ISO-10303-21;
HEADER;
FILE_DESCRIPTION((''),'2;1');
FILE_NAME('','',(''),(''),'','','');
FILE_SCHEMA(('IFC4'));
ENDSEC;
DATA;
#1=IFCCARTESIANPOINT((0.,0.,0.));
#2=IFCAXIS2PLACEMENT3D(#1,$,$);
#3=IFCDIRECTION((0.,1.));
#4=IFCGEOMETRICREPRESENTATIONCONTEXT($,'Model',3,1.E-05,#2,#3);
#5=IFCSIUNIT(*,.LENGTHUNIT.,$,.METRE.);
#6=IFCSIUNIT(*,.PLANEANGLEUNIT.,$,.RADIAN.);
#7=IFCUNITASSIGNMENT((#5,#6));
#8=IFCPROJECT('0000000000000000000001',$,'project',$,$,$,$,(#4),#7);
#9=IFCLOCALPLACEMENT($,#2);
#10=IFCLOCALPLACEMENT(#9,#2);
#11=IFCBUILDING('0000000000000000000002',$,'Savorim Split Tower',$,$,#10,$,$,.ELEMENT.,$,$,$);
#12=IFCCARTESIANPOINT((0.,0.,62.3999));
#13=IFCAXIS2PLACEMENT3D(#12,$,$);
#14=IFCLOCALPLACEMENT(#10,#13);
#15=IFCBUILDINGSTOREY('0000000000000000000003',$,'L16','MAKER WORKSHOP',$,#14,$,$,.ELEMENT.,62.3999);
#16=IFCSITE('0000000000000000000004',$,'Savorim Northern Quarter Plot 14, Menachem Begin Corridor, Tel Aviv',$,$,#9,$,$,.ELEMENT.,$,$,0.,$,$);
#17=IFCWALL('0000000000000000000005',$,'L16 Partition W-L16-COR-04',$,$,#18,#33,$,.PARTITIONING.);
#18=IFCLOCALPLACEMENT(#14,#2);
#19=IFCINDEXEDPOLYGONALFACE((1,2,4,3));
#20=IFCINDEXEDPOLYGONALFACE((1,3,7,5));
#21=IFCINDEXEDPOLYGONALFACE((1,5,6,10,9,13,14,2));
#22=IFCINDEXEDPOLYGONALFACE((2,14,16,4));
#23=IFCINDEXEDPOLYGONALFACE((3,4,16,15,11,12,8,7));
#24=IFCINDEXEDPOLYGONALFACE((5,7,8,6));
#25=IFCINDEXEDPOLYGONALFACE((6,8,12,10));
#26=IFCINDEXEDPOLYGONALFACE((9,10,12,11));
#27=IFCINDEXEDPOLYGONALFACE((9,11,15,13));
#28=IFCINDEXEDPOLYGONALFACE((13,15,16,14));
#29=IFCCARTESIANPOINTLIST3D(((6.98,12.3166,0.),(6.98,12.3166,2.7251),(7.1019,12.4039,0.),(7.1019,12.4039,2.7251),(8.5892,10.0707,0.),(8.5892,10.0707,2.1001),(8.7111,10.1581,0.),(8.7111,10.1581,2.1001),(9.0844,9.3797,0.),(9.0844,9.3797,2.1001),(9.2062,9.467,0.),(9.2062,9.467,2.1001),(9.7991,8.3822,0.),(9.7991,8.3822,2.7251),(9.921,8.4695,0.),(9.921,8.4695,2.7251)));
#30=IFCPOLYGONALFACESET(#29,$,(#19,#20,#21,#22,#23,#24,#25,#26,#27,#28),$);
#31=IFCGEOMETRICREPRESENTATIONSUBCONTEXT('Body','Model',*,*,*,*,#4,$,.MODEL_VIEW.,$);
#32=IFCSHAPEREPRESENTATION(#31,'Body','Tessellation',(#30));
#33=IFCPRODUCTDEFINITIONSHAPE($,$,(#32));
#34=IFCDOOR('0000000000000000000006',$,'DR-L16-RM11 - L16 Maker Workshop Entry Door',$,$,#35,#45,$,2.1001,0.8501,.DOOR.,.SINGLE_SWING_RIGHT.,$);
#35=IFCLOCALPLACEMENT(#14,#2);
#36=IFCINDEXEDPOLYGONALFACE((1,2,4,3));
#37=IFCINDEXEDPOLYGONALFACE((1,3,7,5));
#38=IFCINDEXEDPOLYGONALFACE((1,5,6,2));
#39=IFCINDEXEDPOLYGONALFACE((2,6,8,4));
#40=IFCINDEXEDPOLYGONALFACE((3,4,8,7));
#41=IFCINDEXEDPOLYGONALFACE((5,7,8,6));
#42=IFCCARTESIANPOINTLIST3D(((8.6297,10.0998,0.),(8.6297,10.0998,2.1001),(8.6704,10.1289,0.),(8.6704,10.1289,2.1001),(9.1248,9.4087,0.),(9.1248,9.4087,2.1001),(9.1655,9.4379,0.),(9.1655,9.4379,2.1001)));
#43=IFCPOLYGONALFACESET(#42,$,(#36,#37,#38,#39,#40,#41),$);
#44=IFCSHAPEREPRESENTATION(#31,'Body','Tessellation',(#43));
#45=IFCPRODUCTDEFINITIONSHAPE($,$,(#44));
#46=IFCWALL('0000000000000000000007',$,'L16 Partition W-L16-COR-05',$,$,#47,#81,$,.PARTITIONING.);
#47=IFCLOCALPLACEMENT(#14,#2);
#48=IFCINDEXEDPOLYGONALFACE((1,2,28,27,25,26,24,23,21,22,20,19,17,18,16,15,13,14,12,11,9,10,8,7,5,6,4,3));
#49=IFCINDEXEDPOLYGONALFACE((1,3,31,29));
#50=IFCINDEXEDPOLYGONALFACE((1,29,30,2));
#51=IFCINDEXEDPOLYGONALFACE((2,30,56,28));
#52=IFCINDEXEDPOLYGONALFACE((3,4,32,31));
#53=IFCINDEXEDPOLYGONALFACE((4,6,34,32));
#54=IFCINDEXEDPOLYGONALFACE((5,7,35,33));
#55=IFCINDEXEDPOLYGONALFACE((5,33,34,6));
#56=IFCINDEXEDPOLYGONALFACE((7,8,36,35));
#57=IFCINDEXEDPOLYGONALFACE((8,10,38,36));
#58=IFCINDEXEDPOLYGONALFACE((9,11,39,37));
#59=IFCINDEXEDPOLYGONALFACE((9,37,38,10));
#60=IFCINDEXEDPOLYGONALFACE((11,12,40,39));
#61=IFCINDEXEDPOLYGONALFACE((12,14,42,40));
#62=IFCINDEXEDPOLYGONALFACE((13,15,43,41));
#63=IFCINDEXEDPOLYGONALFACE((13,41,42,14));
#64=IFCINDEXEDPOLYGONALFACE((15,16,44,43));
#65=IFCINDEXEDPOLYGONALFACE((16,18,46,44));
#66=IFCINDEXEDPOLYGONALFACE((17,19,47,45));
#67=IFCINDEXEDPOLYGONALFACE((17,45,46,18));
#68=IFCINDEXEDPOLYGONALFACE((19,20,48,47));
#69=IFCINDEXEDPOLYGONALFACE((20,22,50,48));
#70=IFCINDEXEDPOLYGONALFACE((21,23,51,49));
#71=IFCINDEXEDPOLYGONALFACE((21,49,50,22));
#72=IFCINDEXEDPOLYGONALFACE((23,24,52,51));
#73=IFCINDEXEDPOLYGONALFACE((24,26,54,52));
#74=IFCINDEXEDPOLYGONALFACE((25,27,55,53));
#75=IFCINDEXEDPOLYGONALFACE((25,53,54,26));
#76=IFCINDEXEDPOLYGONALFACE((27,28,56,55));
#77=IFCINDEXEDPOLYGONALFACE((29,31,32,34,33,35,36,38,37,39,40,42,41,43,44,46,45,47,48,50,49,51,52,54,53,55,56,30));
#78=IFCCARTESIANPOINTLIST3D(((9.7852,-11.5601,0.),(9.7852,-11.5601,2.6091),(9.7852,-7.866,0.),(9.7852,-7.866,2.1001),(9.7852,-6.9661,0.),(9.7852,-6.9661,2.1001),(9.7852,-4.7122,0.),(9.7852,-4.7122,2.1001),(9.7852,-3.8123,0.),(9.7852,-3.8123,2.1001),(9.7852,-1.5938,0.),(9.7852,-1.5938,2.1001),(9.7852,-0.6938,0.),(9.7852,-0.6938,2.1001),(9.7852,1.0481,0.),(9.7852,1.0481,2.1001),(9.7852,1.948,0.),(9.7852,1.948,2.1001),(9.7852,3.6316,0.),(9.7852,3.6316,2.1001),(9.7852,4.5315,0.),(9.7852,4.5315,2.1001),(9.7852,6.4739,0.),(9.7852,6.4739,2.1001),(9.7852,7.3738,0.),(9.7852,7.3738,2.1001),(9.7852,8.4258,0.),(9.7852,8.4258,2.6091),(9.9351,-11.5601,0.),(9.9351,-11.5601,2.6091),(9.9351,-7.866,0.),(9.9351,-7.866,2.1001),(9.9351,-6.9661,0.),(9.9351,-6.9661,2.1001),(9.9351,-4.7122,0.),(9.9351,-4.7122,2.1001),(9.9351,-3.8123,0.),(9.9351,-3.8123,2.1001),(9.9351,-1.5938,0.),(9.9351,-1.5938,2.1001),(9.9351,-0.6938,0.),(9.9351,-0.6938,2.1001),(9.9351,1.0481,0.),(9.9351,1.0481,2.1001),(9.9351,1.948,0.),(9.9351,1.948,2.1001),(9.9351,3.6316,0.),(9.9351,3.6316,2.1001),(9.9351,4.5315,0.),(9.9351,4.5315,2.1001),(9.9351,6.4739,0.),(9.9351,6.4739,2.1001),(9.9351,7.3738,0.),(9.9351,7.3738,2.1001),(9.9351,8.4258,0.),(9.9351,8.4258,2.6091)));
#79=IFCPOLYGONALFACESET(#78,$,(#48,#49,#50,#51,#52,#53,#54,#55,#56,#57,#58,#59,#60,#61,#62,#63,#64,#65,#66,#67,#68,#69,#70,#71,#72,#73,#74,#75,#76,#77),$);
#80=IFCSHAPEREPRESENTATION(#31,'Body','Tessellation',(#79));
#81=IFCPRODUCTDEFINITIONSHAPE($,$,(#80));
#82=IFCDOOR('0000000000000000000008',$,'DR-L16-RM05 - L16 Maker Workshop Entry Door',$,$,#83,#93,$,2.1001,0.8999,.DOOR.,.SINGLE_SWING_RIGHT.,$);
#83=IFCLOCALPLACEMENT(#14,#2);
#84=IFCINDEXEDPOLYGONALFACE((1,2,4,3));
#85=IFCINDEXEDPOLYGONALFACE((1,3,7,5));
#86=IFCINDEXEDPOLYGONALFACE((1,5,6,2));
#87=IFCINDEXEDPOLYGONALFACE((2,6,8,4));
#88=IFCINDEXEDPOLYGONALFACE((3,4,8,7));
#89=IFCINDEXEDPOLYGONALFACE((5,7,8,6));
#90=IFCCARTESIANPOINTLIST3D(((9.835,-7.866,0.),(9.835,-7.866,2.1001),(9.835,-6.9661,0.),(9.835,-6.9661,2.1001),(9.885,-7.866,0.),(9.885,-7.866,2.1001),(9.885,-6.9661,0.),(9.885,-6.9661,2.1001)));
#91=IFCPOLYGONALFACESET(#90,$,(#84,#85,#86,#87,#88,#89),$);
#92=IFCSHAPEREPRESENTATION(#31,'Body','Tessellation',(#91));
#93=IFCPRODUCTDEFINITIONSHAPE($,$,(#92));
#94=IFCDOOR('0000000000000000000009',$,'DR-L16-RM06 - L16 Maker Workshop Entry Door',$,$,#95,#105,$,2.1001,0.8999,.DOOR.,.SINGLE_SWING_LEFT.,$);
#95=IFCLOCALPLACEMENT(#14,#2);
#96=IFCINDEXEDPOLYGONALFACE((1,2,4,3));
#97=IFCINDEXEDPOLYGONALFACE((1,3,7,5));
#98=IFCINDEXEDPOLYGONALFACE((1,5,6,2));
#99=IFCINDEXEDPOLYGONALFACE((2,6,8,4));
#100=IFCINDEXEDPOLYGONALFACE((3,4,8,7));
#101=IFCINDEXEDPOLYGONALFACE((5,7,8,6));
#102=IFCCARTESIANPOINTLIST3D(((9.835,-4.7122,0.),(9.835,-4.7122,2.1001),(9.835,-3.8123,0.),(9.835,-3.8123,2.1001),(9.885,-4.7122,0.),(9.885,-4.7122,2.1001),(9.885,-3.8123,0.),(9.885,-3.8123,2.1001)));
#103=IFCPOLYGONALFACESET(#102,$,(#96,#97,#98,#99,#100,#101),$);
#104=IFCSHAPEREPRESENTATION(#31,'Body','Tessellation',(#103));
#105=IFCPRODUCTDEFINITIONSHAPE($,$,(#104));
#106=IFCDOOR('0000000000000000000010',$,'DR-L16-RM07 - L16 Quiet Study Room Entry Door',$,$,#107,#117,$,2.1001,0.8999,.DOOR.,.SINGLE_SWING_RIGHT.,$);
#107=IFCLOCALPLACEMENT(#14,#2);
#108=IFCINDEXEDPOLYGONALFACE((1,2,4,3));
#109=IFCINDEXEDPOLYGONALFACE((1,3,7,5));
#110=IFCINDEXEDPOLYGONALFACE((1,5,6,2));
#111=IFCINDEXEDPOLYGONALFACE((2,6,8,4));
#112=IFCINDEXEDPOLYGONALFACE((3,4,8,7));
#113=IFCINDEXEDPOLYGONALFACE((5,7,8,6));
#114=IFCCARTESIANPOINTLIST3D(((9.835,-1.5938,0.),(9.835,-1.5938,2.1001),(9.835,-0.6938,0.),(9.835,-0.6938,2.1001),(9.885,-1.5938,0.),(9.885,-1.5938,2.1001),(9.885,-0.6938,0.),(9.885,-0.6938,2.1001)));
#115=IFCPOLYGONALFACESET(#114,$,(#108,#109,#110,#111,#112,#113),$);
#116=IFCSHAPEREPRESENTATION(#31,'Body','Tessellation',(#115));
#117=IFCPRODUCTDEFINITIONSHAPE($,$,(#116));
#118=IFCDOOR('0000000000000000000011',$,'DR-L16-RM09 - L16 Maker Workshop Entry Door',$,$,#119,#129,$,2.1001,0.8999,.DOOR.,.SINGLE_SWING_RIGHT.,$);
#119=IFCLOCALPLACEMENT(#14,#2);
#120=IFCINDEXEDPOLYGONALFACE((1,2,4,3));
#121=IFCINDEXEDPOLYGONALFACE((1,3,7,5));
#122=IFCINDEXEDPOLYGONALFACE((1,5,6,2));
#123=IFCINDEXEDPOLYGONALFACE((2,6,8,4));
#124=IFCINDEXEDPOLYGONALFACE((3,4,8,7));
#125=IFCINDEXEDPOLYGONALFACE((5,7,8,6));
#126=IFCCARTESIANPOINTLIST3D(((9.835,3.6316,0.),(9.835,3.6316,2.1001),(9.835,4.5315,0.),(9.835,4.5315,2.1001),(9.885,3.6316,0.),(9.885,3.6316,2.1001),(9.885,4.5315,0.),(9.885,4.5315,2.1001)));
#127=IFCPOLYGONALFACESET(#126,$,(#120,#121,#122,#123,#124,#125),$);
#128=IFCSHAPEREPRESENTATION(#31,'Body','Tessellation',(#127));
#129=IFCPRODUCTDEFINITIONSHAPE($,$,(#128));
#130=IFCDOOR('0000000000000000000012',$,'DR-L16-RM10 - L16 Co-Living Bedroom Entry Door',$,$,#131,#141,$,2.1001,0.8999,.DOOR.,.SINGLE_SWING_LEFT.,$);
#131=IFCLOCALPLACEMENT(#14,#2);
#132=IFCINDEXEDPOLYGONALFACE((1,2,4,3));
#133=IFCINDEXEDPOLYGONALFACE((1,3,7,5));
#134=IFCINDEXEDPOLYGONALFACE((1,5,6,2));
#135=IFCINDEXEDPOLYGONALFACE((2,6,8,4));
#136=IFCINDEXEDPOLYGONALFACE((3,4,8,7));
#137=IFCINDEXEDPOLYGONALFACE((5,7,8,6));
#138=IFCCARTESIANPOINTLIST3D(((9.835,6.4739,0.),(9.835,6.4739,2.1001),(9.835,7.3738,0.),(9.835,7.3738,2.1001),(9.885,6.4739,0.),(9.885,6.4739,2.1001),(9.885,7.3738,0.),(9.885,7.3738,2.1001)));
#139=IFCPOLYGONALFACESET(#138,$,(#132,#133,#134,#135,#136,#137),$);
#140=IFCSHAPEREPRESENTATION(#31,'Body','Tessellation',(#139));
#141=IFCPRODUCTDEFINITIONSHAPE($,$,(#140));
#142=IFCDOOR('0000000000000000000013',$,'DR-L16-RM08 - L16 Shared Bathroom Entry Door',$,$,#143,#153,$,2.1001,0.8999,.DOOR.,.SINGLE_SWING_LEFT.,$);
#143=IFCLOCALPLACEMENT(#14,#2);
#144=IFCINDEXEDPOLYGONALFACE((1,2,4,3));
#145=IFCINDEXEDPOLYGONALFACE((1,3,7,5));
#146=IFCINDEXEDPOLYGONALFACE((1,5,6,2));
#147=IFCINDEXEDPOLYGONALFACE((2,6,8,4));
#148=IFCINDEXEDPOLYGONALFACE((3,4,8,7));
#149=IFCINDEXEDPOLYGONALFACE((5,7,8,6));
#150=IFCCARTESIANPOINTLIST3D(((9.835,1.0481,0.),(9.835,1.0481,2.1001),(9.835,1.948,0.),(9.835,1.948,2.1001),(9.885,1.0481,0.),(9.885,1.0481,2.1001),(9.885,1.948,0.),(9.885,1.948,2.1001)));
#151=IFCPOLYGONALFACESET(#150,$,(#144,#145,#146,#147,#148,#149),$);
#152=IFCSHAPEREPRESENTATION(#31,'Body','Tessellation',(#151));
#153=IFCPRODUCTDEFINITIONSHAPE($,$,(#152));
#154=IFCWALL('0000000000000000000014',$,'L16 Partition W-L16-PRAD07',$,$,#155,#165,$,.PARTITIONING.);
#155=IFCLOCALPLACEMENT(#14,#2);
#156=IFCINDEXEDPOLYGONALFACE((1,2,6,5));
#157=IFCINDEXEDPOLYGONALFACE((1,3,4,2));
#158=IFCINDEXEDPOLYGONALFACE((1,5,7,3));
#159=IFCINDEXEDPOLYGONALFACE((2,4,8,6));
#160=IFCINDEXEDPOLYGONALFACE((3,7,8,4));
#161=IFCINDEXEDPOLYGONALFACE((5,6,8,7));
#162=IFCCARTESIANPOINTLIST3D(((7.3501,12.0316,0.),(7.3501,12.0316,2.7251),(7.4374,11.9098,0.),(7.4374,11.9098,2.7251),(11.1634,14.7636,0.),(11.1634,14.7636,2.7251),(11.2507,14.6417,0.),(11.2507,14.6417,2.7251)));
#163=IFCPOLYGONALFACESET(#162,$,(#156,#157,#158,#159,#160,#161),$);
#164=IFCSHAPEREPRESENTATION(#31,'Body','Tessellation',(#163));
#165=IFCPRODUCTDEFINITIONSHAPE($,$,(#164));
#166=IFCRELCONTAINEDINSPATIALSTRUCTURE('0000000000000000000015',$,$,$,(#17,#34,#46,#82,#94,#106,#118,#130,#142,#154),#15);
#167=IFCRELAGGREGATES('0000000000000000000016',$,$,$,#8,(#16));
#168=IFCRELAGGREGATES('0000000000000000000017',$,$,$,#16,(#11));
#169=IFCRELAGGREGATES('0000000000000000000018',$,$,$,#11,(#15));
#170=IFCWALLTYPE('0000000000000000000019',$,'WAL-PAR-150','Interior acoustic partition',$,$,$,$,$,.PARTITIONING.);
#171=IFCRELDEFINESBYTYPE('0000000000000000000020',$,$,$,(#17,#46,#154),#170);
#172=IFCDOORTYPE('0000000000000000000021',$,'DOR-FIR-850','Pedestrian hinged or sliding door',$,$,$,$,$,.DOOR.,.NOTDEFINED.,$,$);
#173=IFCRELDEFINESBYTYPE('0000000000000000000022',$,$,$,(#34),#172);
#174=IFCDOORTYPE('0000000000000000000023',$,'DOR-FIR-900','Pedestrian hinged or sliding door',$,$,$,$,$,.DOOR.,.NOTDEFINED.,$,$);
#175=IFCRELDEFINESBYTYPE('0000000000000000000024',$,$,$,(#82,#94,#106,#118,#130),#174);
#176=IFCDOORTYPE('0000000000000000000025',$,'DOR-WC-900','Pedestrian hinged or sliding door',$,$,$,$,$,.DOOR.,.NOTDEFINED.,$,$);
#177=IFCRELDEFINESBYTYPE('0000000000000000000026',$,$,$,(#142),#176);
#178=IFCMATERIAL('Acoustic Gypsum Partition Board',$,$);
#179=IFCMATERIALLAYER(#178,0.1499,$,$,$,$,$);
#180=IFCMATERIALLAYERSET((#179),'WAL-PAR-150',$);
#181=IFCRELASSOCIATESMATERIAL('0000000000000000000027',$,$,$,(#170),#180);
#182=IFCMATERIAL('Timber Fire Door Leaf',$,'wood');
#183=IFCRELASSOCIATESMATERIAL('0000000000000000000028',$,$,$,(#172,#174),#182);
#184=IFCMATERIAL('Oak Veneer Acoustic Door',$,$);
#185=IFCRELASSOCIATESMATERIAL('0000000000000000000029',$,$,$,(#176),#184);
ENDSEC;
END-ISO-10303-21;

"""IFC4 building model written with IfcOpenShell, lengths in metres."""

from ifc_helpers import new_model, si_unit, direction, frame, frame_2d, origin, place, context, subcontext, project, spatial, rectangle, extrude, material, layer, layer_set, type_object, element, fill, save


model = new_model("IFC4")

# Units and contexts
model_context = context("Model", 3, precision=1e-05, world=origin(), true_north=direction((0.0, 1.0)))
body_context = subcontext(model_context, "Body", "Model", "MODEL_VIEW")
ifc_project = project(units=[si_unit("LENGTHUNIT", "METRE"), si_unit("PLANEANGLEUNIT", "RADIAN")], contexts=[model_context])

# Site, building, storey
site_placement = place(None, origin())
site = spatial("IfcSite", under=ifc_project, at=site_placement, Name="Savorim Northern Quarter Plot 14, Menachem Begin Corridor, Tel Aviv", CompositionType="ELEMENT", RefElevation=0.0)
building_placement = place(site_placement, origin())
building = spatial("IfcBuilding", under=site, at=building_placement, Name="Savorim Split Tower", CompositionType="ELEMENT")
storey_placement = place(building_placement, frame((0.0, 0.0, 62.3999)))
storey = spatial("IfcBuildingStorey", under=building, at=storey_placement, Name="L16", Description="MAKER WORKSHOP", CompositionType="ELEMENT", Elevation=62.3999)

# Shared definitions
ifc_material_1 = material(Name="Timber Fire Door Leaf", Category="wood")

# Wall, opening, door
ifc_material_2 = material(Name="Acoustic Gypsum Partition Board")
ifc_layer_1 = layer(ifc_material_2, 0.1499)
ifc_layer_set_1 = layer_set([ifc_layer_1], Name="WAL-PAR-150")
wall_type_1 = type_object("IfcWallType", Name="WAL-PAR-150", Description="Interior acoustic partition", PredefinedType="PARTITIONING", material=ifc_layer_set_1)
wall_1_placement = place(storey_placement, frame((7.041, 12.3601, 0.0), z_axis=(0.0, 0.0, 1.0), x_axis=(0.58245, -0.812867, 0.0)))
wall_1 = element("IfcWall", 1, at=wall_1_placement, inside=storey, type_object=wall_type_1, Name="L16 Partition W-L16-COR-04", PredefinedType="PARTITIONING", context=body_context, shape_type="SweptSolid", body=[
    extrude(rectangle(XDim=4.8401, YDim=0.1499, at=frame_2d((2.4199, 0.0))), origin(), (0.0, 0.0, 1.0), 2.7251),
])
opening_1_placement = place(wall_1_placement, frame((2.7627, 0.0, 0.0)))
opening_1 = element("IfcOpeningElement", 2, at=opening_1_placement, cuts=wall_1, PredefinedType="OPENING", context=body_context, shape_type="SweptSolid", body=[
    extrude(rectangle(XDim=0.8501, YDim=2.1001, at=frame_2d((0.425, 1.05))), frame((0.0, 0.085, 0.0), z_axis=(0.0, -1.0, 0.0), x_axis=(1.0, 0.0, 0.0)), (0.0, 0.0, 1.0), 0.1699),
])
door_type_1 = type_object("IfcDoorType", Name="DOR-FIR-850", Description="Pedestrian hinged or sliding door", OperationType="NOTDEFINED", PredefinedType="DOOR", material=ifc_material_1)
door_1_placement = place(opening_1_placement, origin())
door_1 = element("IfcDoor", 3, at=door_1_placement, inside=storey, type_object=door_type_1, Name="DR-L16-RM11 - L16 Maker Workshop Entry Door", OperationType="SINGLE_SWING_RIGHT", OverallHeight=2.1001, OverallWidth=0.8501, PredefinedType="DOOR", context=body_context, shape_type="SweptSolid", body=[
    extrude(rectangle(XDim=0.8501, YDim=2.1001, at=frame_2d((0.425, 1.05))), frame((0.0, 0.0249, 0.0), z_axis=(0.0, -1.0, 0.0), x_axis=(1.0, 0.0, 0.0)), (0.0, 0.0, 1.0), 0.05),
])
fill(opening_1, door_1)

# Wall, openings, doors
wall_2_placement = place(storey_placement, frame((9.8601, 8.4258, 0.0), z_axis=(0.0, 0.0, 1.0), x_axis=(0.0, -1.0, 0.0)))
wall_2 = element("IfcWall", 4, at=wall_2_placement, inside=storey, type_object=wall_type_1, Name="L16 Partition W-L16-COR-05", PredefinedType="PARTITIONING", context=body_context, shape_type="SweptSolid", body=[
    extrude(rectangle(XDim=19.9858, YDim=0.1499, at=frame_2d((9.9929, 0.0))), origin(), (0.0, 0.0, 1.0), 2.6091),
])
opening_2_placement = place(wall_2_placement, frame((15.3918, 0.0, 0.0)))
opening_2 = element("IfcOpeningElement", 5, at=opening_2_placement, cuts=wall_2, PredefinedType="OPENING", context=body_context, shape_type="SweptSolid", body=[
    extrude(rectangle(XDim=0.8999, YDim=2.1001, at=frame_2d((0.45, 1.05))), frame((0.0, 0.085, 0.0), z_axis=(0.0, -1.0, 0.0), x_axis=(1.0, 0.0, 0.0)), (0.0, 0.0, 1.0), 0.1699),
])
opening_3_placement = place(wall_2_placement, frame((12.238, 0.0, 0.0)))
opening_3 = element("IfcOpeningElement", 6, at=opening_3_placement, cuts=wall_2, PredefinedType="OPENING", context=body_context, shape_type="SweptSolid", body=[
    extrude(rectangle(XDim=0.8999, YDim=2.1001, at=frame_2d((0.45, 1.05))), frame((0.0, 0.085, 0.0), z_axis=(0.0, -1.0, 0.0), x_axis=(1.0, 0.0, 0.0)), (0.0, 0.0, 1.0), 0.1699),
])
opening_4_placement = place(wall_2_placement, frame((9.1196, 0.0, 0.0)))
opening_4 = element("IfcOpeningElement", 7, at=opening_4_placement, cuts=wall_2, PredefinedType="OPENING", context=body_context, shape_type="SweptSolid", body=[
    extrude(rectangle(XDim=0.8999, YDim=2.1001, at=frame_2d((0.45, 1.05))), frame((0.0, 0.085, 0.0), z_axis=(0.0, -1.0, 0.0), x_axis=(1.0, 0.0, 0.0)), (0.0, 0.0, 1.0), 0.1699),
])
opening_5_placement = place(wall_2_placement, frame((6.4778, 0.0, 0.0)))
opening_5 = element("IfcOpeningElement", 8, at=opening_5_placement, cuts=wall_2, PredefinedType="OPENING", context=body_context, shape_type="SweptSolid", body=[
    extrude(rectangle(XDim=0.8999, YDim=2.1001, at=frame_2d((0.45, 1.05))), frame((0.0, 0.085, 0.0), z_axis=(0.0, -1.0, 0.0), x_axis=(1.0, 0.0, 0.0)), (0.0, 0.0, 1.0), 0.1699),
])
opening_6_placement = place(wall_2_placement, frame((3.8943, 0.0, 0.0)))
opening_6 = element("IfcOpeningElement", 9, at=opening_6_placement, cuts=wall_2, PredefinedType="OPENING", context=body_context, shape_type="SweptSolid", body=[
    extrude(rectangle(XDim=0.8999, YDim=2.1001, at=frame_2d((0.45, 1.05))), frame((0.0, 0.085, 0.0), z_axis=(0.0, -1.0, 0.0), x_axis=(1.0, 0.0, 0.0)), (0.0, 0.0, 1.0), 0.1699),
])
opening_7_placement = place(wall_2_placement, frame((1.052, 0.0, 0.0)))
opening_7 = element("IfcOpeningElement", 10, at=opening_7_placement, cuts=wall_2, PredefinedType="OPENING", context=body_context, shape_type="SweptSolid", body=[
    extrude(rectangle(XDim=0.8999, YDim=2.1001, at=frame_2d((0.45, 1.05))), frame((0.0, 0.085, 0.0), z_axis=(0.0, -1.0, 0.0), x_axis=(1.0, 0.0, 0.0)), (0.0, 0.0, 1.0), 0.1699),
])
door_type_2 = type_object("IfcDoorType", Name="DOR-FIR-900", Description="Pedestrian hinged or sliding door", OperationType="NOTDEFINED", PredefinedType="DOOR", material=ifc_material_1)
door_2_placement = place(opening_2_placement, origin())
door_2 = element("IfcDoor", 11, at=door_2_placement, inside=storey, type_object=door_type_2, Name="DR-L16-RM05 - L16 Maker Workshop Entry Door", OperationType="SINGLE_SWING_RIGHT", OverallHeight=2.1001, OverallWidth=0.8999, PredefinedType="DOOR", context=body_context, shape_type="SweptSolid", body=[
    extrude(rectangle(XDim=0.8999, YDim=2.1001, at=frame_2d((0.45, 1.05))), frame((0.0, 0.0249, 0.0), z_axis=(0.0, -1.0, 0.0), x_axis=(1.0, 0.0, 0.0)), (0.0, 0.0, 1.0), 0.05),
])
fill(opening_2, door_2)
door_3_placement = place(opening_3_placement, origin())
door_3 = element("IfcDoor", 12, at=door_3_placement, inside=storey, type_object=door_type_2, Name="DR-L16-RM06 - L16 Maker Workshop Entry Door", OperationType="SINGLE_SWING_LEFT", OverallHeight=2.1001, OverallWidth=0.8999, PredefinedType="DOOR", context=body_context, shape_type="SweptSolid", body=[
    extrude(rectangle(XDim=0.8999, YDim=2.1001, at=frame_2d((0.45, 1.05))), frame((0.0, 0.0249, 0.0), z_axis=(0.0, -1.0, 0.0), x_axis=(1.0, 0.0, 0.0)), (0.0, 0.0, 1.0), 0.05),
])
fill(opening_3, door_3)
door_4_placement = place(opening_4_placement, origin())
door_4 = element("IfcDoor", 13, at=door_4_placement, inside=storey, type_object=door_type_2, Name="DR-L16-RM07 - L16 Quiet Study Room Entry Door", OperationType="SINGLE_SWING_RIGHT", OverallHeight=2.1001, OverallWidth=0.8999, PredefinedType="DOOR", context=body_context, shape_type="SweptSolid", body=[
    extrude(rectangle(XDim=0.8999, YDim=2.1001, at=frame_2d((0.45, 1.05))), frame((0.0, 0.0249, 0.0), z_axis=(0.0, -1.0, 0.0), x_axis=(1.0, 0.0, 0.0)), (0.0, 0.0, 1.0), 0.05),
])
fill(opening_4, door_4)
door_5_placement = place(opening_6_placement, origin())
door_5 = element("IfcDoor", 14, at=door_5_placement, inside=storey, type_object=door_type_2, Name="DR-L16-RM09 - L16 Maker Workshop Entry Door", OperationType="SINGLE_SWING_RIGHT", OverallHeight=2.1001, OverallWidth=0.8999, PredefinedType="DOOR", context=body_context, shape_type="SweptSolid", body=[
    extrude(rectangle(XDim=0.8999, YDim=2.1001, at=frame_2d((0.45, 1.05))), frame((0.0, 0.0249, 0.0), z_axis=(0.0, -1.0, 0.0), x_axis=(1.0, 0.0, 0.0)), (0.0, 0.0, 1.0), 0.05),
])
fill(opening_6, door_5)
door_6_placement = place(opening_7_placement, origin())
door_6 = element("IfcDoor", 15, at=door_6_placement, inside=storey, type_object=door_type_2, Name="DR-L16-RM10 - L16 Co-Living Bedroom Entry Door", OperationType="SINGLE_SWING_LEFT", OverallHeight=2.1001, OverallWidth=0.8999, PredefinedType="DOOR", context=body_context, shape_type="SweptSolid", body=[
    extrude(rectangle(XDim=0.8999, YDim=2.1001, at=frame_2d((0.45, 1.05))), frame((0.0, 0.0249, 0.0), z_axis=(0.0, -1.0, 0.0), x_axis=(1.0, 0.0, 0.0)), (0.0, 0.0, 1.0), 0.05),
])
fill(opening_7, door_6)
ifc_material_3 = material(Name="Oak Veneer Acoustic Door")
door_type_3 = type_object("IfcDoorType", Name="DOR-WC-900", Description="Pedestrian hinged or sliding door", OperationType="NOTDEFINED", PredefinedType="DOOR", material=ifc_material_3)
door_7_placement = place(opening_5_placement, origin())
door_7 = element("IfcDoor", 16, at=door_7_placement, inside=storey, type_object=door_type_3, Name="DR-L16-RM08 - L16 Shared Bathroom Entry Door", OperationType="SINGLE_SWING_LEFT", OverallHeight=2.1001, OverallWidth=0.8999, PredefinedType="DOOR", context=body_context, shape_type="SweptSolid", body=[
    extrude(rectangle(XDim=0.8999, YDim=2.1001, at=frame_2d((0.45, 1.05))), frame((0.0, 0.0249, 0.0), z_axis=(0.0, -1.0, 0.0), x_axis=(1.0, 0.0, 0.0)), (0.0, 0.0, 1.0), 0.05),
])
fill(opening_5, door_7)

# Wall
wall_3_placement = place(storey_placement, frame((7.3938, 11.9707, 0.0), z_axis=(0.0, 0.0, 1.0), x_axis=(0.812906, 0.582395, 0.0)))
element("IfcWall", 17, at=wall_3_placement, inside=storey, type_object=wall_type_1, Name="L16 Partition W-L16-PRAD07", PredefinedType="PARTITIONING", context=body_context, shape_type="SweptSolid", body=[
    extrude(rectangle(XDim=4.6909, YDim=0.1499, at=frame_2d((2.3455, 0.0))), origin(), (0.0, 0.0, 1.0), 2.7251),
])

save(model, "model.ifc")
